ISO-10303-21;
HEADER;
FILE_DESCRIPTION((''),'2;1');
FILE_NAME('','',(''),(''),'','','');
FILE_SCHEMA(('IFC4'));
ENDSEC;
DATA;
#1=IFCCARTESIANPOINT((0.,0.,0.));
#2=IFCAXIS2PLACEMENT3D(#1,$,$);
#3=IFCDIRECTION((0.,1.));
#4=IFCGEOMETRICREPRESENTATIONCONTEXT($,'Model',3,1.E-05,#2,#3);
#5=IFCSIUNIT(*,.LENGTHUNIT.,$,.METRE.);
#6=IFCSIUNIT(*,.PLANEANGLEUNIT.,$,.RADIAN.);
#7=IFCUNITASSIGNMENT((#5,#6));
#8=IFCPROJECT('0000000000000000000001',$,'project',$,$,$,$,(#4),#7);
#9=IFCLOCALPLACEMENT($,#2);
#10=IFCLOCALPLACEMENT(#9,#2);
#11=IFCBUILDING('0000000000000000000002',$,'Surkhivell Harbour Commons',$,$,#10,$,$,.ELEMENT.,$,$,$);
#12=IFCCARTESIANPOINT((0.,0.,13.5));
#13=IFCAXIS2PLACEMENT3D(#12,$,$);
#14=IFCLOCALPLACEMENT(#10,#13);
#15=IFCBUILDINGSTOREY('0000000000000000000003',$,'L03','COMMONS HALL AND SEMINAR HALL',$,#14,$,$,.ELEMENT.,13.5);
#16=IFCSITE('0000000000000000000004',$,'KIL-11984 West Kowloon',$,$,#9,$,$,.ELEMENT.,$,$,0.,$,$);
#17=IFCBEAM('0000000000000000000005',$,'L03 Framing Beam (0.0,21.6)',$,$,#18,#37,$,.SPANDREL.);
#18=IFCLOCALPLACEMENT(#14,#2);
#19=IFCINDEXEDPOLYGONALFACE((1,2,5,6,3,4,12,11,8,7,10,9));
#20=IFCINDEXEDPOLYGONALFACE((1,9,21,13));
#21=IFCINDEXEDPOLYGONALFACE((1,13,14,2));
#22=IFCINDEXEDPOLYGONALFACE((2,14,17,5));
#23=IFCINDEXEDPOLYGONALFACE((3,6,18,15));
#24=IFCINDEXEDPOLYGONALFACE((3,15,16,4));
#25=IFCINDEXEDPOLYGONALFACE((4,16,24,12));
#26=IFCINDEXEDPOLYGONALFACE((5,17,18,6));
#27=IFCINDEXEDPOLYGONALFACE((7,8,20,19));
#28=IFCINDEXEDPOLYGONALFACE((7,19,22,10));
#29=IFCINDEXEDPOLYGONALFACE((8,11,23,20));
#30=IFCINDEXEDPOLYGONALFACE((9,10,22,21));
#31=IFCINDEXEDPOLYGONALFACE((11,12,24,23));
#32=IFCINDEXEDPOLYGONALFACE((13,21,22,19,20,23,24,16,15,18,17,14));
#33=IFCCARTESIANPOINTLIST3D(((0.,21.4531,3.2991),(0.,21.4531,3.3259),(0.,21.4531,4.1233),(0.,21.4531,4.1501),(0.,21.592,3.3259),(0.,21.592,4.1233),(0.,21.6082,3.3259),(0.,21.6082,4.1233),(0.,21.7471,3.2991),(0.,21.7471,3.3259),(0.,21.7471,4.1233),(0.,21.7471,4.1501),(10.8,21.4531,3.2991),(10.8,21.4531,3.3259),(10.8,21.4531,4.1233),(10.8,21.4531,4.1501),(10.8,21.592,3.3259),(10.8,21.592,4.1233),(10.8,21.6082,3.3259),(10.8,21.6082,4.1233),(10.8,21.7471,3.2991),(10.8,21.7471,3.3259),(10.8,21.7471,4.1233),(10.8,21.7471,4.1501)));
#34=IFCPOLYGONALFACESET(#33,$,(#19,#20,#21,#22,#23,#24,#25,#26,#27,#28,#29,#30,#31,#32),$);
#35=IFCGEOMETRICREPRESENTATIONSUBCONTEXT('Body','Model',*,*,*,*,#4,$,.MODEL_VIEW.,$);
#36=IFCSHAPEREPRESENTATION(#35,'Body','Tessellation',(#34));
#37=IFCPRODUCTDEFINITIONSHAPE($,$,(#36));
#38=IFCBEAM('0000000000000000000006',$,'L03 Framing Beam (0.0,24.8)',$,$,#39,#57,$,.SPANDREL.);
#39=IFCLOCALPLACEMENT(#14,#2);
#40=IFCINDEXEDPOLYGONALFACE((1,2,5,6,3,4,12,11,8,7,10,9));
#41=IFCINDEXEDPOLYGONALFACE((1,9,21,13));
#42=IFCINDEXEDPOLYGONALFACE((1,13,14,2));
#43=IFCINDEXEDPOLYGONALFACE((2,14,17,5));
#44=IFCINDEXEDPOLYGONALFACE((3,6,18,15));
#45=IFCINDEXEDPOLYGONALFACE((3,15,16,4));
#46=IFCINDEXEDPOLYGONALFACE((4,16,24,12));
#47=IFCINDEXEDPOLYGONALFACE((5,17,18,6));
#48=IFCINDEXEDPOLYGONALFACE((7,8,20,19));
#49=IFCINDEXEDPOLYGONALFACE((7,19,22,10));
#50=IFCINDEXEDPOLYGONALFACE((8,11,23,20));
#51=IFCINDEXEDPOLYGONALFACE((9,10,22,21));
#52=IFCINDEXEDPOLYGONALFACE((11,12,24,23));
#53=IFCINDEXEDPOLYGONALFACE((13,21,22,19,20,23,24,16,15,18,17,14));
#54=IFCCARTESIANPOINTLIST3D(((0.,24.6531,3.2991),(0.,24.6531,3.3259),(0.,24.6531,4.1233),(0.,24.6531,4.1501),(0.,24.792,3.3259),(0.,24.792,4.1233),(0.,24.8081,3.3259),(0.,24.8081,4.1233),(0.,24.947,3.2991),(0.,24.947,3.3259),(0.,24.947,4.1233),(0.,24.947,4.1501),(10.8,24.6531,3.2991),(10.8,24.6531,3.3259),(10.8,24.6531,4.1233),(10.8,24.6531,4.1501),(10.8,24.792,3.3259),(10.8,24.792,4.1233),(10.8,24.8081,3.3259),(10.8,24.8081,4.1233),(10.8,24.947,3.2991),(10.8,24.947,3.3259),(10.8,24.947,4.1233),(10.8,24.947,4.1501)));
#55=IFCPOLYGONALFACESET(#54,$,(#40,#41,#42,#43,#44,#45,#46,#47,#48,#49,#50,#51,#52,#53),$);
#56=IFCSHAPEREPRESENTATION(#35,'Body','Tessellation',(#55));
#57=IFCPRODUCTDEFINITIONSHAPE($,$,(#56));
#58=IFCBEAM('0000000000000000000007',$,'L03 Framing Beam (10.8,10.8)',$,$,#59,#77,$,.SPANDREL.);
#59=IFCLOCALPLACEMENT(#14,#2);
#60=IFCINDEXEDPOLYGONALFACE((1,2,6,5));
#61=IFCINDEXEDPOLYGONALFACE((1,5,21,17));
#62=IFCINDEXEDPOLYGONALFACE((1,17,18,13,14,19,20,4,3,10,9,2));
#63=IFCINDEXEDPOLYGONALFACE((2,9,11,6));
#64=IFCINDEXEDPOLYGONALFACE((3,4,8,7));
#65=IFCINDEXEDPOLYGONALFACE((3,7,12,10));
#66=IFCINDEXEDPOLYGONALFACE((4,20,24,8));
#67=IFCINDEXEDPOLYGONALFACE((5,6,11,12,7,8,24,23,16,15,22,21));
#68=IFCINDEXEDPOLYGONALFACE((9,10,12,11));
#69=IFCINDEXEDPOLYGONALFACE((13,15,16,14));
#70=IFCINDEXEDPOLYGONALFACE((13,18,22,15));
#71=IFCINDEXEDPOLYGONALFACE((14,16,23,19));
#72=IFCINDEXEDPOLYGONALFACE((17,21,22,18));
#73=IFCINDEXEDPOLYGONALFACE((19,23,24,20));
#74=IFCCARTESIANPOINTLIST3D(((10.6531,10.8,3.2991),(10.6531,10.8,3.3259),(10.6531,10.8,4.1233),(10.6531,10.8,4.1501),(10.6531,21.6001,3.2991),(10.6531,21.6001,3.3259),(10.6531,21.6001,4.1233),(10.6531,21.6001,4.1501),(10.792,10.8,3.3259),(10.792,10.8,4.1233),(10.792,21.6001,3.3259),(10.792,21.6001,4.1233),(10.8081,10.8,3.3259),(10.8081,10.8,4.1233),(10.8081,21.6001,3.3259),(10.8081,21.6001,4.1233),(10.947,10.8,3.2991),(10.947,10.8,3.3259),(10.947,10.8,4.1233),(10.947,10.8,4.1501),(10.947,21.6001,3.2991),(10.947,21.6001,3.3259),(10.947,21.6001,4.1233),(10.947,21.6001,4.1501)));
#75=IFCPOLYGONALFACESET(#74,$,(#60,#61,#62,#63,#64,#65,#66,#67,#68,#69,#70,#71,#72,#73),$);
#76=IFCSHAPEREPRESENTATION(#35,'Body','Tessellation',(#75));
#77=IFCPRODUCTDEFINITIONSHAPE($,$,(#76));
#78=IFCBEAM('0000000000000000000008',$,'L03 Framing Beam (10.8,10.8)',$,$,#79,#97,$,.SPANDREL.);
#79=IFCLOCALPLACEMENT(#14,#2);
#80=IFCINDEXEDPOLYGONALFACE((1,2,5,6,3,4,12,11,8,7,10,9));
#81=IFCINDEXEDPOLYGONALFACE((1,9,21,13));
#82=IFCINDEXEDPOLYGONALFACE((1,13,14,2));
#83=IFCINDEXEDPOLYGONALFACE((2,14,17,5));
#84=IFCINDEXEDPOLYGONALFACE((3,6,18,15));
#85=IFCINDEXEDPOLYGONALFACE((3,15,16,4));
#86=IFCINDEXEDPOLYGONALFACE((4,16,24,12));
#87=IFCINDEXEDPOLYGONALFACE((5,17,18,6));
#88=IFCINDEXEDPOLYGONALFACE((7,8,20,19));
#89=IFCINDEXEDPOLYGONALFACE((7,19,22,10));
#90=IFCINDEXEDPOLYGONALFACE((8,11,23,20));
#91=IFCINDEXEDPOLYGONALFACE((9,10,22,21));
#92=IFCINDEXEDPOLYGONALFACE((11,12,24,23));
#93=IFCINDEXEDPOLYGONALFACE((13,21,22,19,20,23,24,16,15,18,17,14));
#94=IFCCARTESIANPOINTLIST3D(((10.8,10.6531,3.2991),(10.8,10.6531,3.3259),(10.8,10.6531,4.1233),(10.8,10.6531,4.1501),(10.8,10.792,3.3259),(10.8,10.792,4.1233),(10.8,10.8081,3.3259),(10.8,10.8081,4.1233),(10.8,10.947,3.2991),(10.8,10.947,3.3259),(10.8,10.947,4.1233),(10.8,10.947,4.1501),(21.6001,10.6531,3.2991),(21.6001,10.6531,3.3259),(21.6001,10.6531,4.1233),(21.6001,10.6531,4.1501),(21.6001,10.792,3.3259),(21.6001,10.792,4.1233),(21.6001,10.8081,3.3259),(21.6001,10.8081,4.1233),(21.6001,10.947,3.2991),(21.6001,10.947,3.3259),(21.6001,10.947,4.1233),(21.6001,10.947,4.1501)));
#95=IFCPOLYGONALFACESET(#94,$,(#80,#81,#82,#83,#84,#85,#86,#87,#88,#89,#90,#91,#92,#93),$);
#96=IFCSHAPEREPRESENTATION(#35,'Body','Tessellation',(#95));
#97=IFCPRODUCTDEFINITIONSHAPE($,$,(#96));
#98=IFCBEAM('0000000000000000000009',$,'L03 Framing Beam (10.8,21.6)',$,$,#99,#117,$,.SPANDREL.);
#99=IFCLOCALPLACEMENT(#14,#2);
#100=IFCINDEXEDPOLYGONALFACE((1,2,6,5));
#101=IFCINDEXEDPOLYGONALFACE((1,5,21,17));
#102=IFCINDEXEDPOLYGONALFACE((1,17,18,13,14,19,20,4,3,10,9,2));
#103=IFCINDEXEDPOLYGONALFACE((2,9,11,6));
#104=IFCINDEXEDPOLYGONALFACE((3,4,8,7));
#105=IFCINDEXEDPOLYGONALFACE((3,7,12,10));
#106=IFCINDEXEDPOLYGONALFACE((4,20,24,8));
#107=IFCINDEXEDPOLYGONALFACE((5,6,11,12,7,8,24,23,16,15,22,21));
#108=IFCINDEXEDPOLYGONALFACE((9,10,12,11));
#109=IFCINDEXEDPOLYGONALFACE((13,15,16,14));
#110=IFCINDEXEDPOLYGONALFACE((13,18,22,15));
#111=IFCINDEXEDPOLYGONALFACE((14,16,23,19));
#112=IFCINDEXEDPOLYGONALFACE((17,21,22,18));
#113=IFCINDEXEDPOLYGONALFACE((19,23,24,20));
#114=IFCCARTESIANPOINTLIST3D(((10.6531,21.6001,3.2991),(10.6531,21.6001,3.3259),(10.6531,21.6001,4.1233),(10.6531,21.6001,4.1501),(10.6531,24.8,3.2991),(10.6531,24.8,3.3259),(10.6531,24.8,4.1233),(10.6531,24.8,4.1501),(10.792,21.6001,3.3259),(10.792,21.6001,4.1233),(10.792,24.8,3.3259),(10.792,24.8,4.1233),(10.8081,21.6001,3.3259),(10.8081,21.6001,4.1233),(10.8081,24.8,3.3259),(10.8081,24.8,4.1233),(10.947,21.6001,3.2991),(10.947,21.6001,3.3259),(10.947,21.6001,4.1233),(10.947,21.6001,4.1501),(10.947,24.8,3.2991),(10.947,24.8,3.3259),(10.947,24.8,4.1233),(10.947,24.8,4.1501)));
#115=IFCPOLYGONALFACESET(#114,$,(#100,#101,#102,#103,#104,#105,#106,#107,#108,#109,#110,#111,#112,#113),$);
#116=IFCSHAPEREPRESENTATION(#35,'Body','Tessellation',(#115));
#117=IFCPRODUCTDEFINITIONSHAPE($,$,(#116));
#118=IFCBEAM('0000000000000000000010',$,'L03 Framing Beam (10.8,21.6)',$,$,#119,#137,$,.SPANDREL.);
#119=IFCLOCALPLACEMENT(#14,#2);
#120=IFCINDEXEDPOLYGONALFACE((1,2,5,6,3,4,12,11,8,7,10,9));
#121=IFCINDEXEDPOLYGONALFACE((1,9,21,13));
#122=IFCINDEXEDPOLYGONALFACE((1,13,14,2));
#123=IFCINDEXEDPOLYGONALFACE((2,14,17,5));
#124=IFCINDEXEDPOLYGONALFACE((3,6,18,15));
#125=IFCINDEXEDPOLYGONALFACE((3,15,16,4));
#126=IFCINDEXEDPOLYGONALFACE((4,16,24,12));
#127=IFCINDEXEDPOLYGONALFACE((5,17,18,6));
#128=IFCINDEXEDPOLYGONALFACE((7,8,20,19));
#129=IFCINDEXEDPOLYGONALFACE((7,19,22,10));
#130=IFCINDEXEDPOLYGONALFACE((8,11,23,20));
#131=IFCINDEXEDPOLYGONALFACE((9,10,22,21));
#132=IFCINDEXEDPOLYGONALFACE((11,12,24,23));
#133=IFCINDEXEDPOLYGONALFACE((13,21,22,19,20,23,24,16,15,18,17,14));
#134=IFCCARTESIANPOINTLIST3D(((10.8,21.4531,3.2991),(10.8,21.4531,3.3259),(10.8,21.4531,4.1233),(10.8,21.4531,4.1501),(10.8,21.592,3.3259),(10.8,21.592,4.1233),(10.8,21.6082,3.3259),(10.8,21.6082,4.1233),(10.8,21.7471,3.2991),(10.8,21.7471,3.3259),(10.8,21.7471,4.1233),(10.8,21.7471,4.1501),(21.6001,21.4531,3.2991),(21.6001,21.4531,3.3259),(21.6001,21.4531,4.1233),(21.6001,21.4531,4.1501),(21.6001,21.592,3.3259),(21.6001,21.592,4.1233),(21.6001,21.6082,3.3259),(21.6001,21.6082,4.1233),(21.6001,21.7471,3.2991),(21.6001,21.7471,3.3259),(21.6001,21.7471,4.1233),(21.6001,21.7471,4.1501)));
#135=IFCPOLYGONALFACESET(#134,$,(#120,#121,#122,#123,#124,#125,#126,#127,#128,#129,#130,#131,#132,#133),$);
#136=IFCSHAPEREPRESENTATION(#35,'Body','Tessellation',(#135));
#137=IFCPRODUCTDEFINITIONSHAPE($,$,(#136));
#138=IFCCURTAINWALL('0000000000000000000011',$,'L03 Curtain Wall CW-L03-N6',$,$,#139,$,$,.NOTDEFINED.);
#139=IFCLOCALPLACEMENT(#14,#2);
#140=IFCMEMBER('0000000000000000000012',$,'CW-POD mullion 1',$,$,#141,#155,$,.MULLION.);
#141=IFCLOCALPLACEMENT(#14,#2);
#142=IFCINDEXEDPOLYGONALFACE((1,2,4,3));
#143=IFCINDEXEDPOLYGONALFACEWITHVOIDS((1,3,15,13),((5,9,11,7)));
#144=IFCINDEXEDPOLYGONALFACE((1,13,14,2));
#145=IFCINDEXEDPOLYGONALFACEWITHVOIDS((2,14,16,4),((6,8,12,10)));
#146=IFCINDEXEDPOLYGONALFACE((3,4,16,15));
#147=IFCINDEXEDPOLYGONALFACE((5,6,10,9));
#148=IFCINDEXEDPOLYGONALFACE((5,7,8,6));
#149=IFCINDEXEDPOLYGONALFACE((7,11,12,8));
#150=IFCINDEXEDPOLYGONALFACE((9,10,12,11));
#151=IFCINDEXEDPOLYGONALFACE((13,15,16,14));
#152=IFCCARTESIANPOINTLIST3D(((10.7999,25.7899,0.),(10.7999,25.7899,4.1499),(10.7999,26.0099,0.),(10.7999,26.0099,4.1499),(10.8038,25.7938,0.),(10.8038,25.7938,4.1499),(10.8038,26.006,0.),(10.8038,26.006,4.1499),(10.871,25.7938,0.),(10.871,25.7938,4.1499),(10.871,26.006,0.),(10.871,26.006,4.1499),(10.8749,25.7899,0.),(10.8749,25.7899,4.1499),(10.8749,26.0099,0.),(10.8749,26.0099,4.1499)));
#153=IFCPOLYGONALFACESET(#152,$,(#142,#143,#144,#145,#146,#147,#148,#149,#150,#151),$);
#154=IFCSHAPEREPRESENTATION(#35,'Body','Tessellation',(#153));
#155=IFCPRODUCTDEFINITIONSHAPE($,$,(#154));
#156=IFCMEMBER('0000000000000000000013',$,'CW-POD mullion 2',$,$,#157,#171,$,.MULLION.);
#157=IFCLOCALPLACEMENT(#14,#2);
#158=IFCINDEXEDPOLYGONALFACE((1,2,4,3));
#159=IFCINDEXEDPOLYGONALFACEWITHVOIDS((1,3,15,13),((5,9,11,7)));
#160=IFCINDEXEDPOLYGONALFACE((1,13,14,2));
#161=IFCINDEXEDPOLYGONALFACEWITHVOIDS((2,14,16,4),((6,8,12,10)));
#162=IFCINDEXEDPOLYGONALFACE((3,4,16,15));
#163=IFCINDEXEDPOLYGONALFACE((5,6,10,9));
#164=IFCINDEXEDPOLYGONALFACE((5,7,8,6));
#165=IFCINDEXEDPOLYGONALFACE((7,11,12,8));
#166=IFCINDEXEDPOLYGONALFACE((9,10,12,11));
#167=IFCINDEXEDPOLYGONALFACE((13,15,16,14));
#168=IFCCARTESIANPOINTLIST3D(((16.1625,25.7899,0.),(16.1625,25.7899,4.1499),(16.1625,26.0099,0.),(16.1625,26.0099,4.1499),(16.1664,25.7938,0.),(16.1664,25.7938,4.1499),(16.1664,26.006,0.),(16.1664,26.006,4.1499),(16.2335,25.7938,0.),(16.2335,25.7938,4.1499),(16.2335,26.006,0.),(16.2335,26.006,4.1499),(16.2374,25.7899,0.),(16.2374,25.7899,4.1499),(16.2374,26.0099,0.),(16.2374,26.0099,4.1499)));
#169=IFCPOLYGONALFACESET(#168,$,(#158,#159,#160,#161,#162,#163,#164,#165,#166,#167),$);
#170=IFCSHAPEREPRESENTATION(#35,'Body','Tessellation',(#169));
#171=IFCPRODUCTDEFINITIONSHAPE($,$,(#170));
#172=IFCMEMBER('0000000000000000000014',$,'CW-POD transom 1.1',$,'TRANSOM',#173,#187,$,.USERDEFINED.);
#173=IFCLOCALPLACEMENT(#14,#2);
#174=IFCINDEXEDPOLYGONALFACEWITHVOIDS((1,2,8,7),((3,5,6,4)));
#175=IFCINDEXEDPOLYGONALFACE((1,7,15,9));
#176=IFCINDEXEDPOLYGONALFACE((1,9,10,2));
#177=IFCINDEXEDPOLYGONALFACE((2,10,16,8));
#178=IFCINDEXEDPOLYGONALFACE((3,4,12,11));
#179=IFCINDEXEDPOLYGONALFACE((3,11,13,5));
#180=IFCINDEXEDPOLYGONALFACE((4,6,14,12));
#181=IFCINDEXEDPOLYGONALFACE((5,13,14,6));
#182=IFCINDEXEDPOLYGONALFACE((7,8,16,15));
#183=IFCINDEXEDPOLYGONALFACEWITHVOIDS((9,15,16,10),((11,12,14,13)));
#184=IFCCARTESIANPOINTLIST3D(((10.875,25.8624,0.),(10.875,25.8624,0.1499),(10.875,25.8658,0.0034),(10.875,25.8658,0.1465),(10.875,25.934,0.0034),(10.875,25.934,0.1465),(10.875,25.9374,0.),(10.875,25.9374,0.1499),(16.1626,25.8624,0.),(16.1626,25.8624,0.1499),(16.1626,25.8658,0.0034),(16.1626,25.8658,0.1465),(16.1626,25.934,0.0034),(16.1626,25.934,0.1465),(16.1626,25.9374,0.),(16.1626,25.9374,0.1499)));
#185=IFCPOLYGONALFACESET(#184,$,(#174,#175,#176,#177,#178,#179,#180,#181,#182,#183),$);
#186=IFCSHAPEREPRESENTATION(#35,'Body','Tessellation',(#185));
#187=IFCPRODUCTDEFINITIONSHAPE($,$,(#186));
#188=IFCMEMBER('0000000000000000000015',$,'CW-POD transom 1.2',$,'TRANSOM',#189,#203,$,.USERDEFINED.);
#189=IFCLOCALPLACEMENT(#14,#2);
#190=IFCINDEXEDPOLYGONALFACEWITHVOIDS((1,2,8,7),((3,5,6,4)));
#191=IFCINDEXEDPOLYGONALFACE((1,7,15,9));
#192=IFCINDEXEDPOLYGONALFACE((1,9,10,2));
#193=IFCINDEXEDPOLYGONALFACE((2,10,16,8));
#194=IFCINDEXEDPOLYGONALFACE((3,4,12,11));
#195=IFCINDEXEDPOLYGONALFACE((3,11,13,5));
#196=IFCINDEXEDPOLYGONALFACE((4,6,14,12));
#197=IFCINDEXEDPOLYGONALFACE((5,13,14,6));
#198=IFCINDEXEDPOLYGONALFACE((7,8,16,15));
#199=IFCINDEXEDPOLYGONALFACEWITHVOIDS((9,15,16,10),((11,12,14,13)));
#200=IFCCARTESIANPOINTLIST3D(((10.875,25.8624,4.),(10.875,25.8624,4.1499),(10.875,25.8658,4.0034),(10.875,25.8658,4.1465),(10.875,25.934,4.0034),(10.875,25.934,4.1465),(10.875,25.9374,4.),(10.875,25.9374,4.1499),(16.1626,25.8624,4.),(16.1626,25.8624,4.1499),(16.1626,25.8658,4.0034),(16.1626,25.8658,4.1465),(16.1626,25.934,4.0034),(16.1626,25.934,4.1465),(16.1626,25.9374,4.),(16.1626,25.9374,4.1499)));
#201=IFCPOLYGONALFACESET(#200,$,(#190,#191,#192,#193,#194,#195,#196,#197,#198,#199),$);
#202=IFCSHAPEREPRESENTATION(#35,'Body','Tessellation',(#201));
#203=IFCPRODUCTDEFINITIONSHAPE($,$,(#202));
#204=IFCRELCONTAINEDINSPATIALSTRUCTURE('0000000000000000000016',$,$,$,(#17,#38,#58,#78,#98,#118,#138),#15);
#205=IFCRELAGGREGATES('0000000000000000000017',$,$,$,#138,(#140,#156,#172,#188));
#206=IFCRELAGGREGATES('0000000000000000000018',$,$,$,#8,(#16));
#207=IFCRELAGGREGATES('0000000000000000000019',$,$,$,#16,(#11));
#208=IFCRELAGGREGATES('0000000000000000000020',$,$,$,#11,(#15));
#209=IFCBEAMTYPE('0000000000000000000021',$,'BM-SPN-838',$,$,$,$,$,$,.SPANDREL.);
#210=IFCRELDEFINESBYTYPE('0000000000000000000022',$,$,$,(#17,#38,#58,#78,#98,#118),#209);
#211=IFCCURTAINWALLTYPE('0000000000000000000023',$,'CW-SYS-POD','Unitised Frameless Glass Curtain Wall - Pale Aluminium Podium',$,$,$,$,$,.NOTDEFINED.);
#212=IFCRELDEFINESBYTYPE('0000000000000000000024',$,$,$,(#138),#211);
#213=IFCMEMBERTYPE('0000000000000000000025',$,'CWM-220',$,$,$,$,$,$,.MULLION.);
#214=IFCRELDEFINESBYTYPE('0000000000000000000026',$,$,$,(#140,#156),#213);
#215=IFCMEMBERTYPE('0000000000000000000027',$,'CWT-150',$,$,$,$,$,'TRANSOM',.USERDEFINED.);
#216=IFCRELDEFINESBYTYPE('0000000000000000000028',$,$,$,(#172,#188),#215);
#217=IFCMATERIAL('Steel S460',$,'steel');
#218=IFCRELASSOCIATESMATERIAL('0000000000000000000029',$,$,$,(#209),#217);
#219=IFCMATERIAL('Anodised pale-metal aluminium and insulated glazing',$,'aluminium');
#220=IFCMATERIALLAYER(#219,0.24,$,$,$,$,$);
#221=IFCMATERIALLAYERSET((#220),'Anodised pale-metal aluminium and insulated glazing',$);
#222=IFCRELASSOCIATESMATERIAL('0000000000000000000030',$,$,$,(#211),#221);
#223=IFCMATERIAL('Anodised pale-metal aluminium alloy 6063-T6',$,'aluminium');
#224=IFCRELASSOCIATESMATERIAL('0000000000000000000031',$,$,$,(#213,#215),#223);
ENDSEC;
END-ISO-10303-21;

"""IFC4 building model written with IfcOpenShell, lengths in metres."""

from ifc_helpers import new_model, si_unit, direction, frame, origin, origin_2d, place, context, subcontext, project, spatial, hollow_rectangle, i_section, extrude, material, layer, layer_set, material_profile, profile_set, type_object, element, aggregate, save


model = new_model("IFC4")

# Units and contexts
model_context = context("Model", 3, precision=1e-05, world=origin(), true_north=direction((0.0, 1.0)))
body_context = subcontext(model_context, "Body", "Model", "MODEL_VIEW")
ifc_project = project(units=[si_unit("LENGTHUNIT", "METRE"), si_unit("PLANEANGLEUNIT", "RADIAN")], contexts=[model_context])

# Site, building, storey
site_placement = place(None, origin())
site = spatial("IfcSite", under=ifc_project, at=site_placement, Name="KIL-11984 West Kowloon", CompositionType="ELEMENT", RefElevation=0.0)
building_placement = place(site_placement, origin())
building = spatial("IfcBuilding", under=site, at=building_placement, Name="Surkhivell Harbour Commons", CompositionType="ELEMENT")
storey_placement = place(building_placement, frame((0.0, 0.0, 13.5)))
storey = spatial("IfcBuildingStorey", under=building, at=storey_placement, Name="L03", Description="COMMONS HALL AND SEMINAR HALL", CompositionType="ELEMENT", Elevation=13.5)

# Beams
ifc_material_1 = material(Name="Steel S460", Category="steel")
ifc_material_profile_1 = material_profile(ifc_material_1, i_section(OverallWidth=0.2939, OverallDepth=0.8511, WebThickness=0.0161, FlangeThickness=0.0269, at=origin_2d()), Name="UB838x292x226")
ifc_profile_set_1 = profile_set([ifc_material_profile_1], Name="Steel S460")
beam_type = type_object("IfcBeamType", Name="BM-SPN-838", PredefinedType="SPANDREL", material=ifc_profile_set_1)
for number, where, z_axis, x_axis, name in (
    (1, (0.0, 21.6001, 3.7246), (1.0, 0.0, 0.0), (0.0, 1.0, 0.0), "L03 Framing Beam (0.0,21.6)"),
    (2, (0.0, 24.8, 3.7246), (1.0, 0.0, 0.0), (0.0, 1.0, 0.0), "L03 Framing Beam (0.0,24.8)"),
    (3, (10.8, 10.8, 3.7246), (0.0, 1.0, 0.0), (-1.0, 0.0, 0.0), "L03 Framing Beam (10.8,10.8)"),
    (4, (10.8, 10.8, 3.7246), (1.0, 0.0, 0.0), (0.0, 1.0, 0.0), "L03 Framing Beam (10.8,10.8)"),
):
    element("IfcBeam", number, at=place(storey_placement, frame(where, z_axis=z_axis, x_axis=x_axis)), inside=storey, type_object=beam_type, Name=name, PredefinedType="SPANDREL", context=body_context, shape_type="SweptSolid", body=[
        extrude(i_section(OverallWidth=0.2939, OverallDepth=0.8511, WebThickness=0.0161, FlangeThickness=0.0269, at=origin_2d()), origin(), (0.0, 0.0, 1.0), 10.8),
    ])
beam_1_placement = place(storey_placement, frame((10.8, 21.6001, 3.7246), z_axis=(0.0, 1.0, 0.0), x_axis=(-1.0, 0.0, 0.0)))
element("IfcBeam", 5, at=beam_1_placement, inside=storey, type_object=beam_type, Name="L03 Framing Beam (10.8,21.6)", PredefinedType="SPANDREL", context=body_context, shape_type="SweptSolid", body=[
    extrude(i_section(OverallWidth=0.2939, OverallDepth=0.8511, WebThickness=0.0161, FlangeThickness=0.0269, at=origin_2d()), origin(), (0.0, 0.0, 1.0), 3.2),
])
beam_2_placement = place(storey_placement, frame((10.8, 21.6001, 3.7246), z_axis=(1.0, 0.0, 0.0), x_axis=(0.0, 1.0, 0.0)))
element("IfcBeam", 6, at=beam_2_placement, inside=storey, type_object=beam_type, Name="L03 Framing Beam (10.8,21.6)", PredefinedType="SPANDREL", context=body_context, shape_type="SweptSolid", body=[
    extrude(i_section(OverallWidth=0.2939, OverallDepth=0.8511, WebThickness=0.0161, FlangeThickness=0.0269, at=origin_2d()), origin(), (0.0, 0.0, 1.0), 10.8),
])

# Curtain wall, members
ifc_material_2 = material(Name="Anodised pale-metal aluminium and insulated glazing", Category="aluminium")
ifc_layer_1 = layer(ifc_material_2, 0.24)
ifc_layer_set_1 = layer_set([ifc_layer_1], Name="Anodised pale-metal aluminium and insulated glazing")
curtain_wall_type = type_object("IfcCurtainWallType", Name="CW-SYS-POD", Description="Unitised Frameless Glass Curtain Wall - Pale Aluminium Podium", PredefinedType="NOTDEFINED", material=ifc_layer_set_1)
curtain_wall_placement = place(storey_placement, origin())
curtain_wall = element("IfcCurtainWall", 7, at=curtain_wall_placement, inside=storey, type_object=curtain_wall_type, Name="L03 Curtain Wall CW-L03-N6", PredefinedType="NOTDEFINED")
ifc_material_3 = material(Name="Anodised pale-metal aluminium alloy 6063-T6", Category="aluminium")
ifc_material_profile_2 = material_profile(ifc_material_3, hollow_rectangle(XDim=0.075, YDim=0.22, WallThickness=0.0039, at=origin_2d()), Name="ALU-MULL-75x220")
ifc_profile_set_2 = profile_set([ifc_material_profile_2], Name="Anodised pale-metal aluminium alloy 6063-T6")
member_type_1 = type_object("IfcMemberType", Name="CWM-220", PredefinedType="MULLION", material=ifc_profile_set_2)
member_1_placement = place(storey_placement, frame((10.8374, 25.8999, 0.0), z_axis=(0.0, 0.0, 1.0), x_axis=(1.0, 0.0, 0.0)))
member_1 = element("IfcMember", 8, at=member_1_placement, type_object=member_type_1, Name="CW-POD mullion 1", PredefinedType="MULLION", context=body_context, shape_type="SweptSolid", body=[
    extrude(hollow_rectangle(XDim=0.075, YDim=0.22, WallThickness=0.0039, at=origin_2d()), origin(), (0.0, 0.0, 1.0), 4.1499),
])
member_2_placement = place(storey_placement, frame((16.2, 25.8999, 0.0), z_axis=(0.0, 0.0, 1.0), x_axis=(1.0, 0.0, 0.0)))
member_2 = element("IfcMember", 9, at=member_2_placement, type_object=member_type_1, Name="CW-POD mullion 2", PredefinedType="MULLION", context=body_context, shape_type="SweptSolid", body=[
    extrude(hollow_rectangle(XDim=0.075, YDim=0.22, WallThickness=0.0039, at=origin_2d()), origin(), (0.0, 0.0, 1.0), 4.1499),
])
ifc_material_profile_3 = material_profile(ifc_material_3, hollow_rectangle(XDim=0.075, YDim=0.1499, WallThickness=0.0034, at=origin_2d()), Name="ALU-TRAN-75x150")
ifc_profile_set_3 = profile_set([ifc_material_profile_3], Name="Anodised pale-metal aluminium alloy 6063-T6")
member_type_2 = type_object("IfcMemberType", Name="CWT-150", ElementType="TRANSOM", PredefinedType="USERDEFINED", material=ifc_profile_set_3)
member_3_placement = place(storey_placement, frame((10.875, 25.8999, 0.075), z_axis=(1.0, 0.0, 0.0), x_axis=(0.0, 1.0, 0.0)))
member_3 = element("IfcMember", 10, at=member_3_placement, type_object=member_type_2, Name="CW-POD transom 1.1", ObjectType="TRANSOM", PredefinedType="USERDEFINED", context=body_context, shape_type="SweptSolid", body=[
    extrude(hollow_rectangle(XDim=0.075, YDim=0.1499, WallThickness=0.0034, at=origin_2d()), origin(), (0.0, 0.0, 1.0), 5.2876),
])
member_4_placement = place(storey_placement, frame((10.875, 25.8999, 4.075), z_axis=(1.0, 0.0, 0.0), x_axis=(0.0, 1.0, 0.0)))
member_4 = element("IfcMember", 11, at=member_4_placement, type_object=member_type_2, Name="CW-POD transom 1.2", ObjectType="TRANSOM", PredefinedType="USERDEFINED", context=body_context, shape_type="SweptSolid", body=[
    extrude(hollow_rectangle(XDim=0.075, YDim=0.1499, WallThickness=0.0034, at=origin_2d()), origin(), (0.0, 0.0, 1.0), 5.2876),
])
aggregate(curtain_wall, [member_1, member_2, member_3, member_4])

save(model, "model.ifc")
